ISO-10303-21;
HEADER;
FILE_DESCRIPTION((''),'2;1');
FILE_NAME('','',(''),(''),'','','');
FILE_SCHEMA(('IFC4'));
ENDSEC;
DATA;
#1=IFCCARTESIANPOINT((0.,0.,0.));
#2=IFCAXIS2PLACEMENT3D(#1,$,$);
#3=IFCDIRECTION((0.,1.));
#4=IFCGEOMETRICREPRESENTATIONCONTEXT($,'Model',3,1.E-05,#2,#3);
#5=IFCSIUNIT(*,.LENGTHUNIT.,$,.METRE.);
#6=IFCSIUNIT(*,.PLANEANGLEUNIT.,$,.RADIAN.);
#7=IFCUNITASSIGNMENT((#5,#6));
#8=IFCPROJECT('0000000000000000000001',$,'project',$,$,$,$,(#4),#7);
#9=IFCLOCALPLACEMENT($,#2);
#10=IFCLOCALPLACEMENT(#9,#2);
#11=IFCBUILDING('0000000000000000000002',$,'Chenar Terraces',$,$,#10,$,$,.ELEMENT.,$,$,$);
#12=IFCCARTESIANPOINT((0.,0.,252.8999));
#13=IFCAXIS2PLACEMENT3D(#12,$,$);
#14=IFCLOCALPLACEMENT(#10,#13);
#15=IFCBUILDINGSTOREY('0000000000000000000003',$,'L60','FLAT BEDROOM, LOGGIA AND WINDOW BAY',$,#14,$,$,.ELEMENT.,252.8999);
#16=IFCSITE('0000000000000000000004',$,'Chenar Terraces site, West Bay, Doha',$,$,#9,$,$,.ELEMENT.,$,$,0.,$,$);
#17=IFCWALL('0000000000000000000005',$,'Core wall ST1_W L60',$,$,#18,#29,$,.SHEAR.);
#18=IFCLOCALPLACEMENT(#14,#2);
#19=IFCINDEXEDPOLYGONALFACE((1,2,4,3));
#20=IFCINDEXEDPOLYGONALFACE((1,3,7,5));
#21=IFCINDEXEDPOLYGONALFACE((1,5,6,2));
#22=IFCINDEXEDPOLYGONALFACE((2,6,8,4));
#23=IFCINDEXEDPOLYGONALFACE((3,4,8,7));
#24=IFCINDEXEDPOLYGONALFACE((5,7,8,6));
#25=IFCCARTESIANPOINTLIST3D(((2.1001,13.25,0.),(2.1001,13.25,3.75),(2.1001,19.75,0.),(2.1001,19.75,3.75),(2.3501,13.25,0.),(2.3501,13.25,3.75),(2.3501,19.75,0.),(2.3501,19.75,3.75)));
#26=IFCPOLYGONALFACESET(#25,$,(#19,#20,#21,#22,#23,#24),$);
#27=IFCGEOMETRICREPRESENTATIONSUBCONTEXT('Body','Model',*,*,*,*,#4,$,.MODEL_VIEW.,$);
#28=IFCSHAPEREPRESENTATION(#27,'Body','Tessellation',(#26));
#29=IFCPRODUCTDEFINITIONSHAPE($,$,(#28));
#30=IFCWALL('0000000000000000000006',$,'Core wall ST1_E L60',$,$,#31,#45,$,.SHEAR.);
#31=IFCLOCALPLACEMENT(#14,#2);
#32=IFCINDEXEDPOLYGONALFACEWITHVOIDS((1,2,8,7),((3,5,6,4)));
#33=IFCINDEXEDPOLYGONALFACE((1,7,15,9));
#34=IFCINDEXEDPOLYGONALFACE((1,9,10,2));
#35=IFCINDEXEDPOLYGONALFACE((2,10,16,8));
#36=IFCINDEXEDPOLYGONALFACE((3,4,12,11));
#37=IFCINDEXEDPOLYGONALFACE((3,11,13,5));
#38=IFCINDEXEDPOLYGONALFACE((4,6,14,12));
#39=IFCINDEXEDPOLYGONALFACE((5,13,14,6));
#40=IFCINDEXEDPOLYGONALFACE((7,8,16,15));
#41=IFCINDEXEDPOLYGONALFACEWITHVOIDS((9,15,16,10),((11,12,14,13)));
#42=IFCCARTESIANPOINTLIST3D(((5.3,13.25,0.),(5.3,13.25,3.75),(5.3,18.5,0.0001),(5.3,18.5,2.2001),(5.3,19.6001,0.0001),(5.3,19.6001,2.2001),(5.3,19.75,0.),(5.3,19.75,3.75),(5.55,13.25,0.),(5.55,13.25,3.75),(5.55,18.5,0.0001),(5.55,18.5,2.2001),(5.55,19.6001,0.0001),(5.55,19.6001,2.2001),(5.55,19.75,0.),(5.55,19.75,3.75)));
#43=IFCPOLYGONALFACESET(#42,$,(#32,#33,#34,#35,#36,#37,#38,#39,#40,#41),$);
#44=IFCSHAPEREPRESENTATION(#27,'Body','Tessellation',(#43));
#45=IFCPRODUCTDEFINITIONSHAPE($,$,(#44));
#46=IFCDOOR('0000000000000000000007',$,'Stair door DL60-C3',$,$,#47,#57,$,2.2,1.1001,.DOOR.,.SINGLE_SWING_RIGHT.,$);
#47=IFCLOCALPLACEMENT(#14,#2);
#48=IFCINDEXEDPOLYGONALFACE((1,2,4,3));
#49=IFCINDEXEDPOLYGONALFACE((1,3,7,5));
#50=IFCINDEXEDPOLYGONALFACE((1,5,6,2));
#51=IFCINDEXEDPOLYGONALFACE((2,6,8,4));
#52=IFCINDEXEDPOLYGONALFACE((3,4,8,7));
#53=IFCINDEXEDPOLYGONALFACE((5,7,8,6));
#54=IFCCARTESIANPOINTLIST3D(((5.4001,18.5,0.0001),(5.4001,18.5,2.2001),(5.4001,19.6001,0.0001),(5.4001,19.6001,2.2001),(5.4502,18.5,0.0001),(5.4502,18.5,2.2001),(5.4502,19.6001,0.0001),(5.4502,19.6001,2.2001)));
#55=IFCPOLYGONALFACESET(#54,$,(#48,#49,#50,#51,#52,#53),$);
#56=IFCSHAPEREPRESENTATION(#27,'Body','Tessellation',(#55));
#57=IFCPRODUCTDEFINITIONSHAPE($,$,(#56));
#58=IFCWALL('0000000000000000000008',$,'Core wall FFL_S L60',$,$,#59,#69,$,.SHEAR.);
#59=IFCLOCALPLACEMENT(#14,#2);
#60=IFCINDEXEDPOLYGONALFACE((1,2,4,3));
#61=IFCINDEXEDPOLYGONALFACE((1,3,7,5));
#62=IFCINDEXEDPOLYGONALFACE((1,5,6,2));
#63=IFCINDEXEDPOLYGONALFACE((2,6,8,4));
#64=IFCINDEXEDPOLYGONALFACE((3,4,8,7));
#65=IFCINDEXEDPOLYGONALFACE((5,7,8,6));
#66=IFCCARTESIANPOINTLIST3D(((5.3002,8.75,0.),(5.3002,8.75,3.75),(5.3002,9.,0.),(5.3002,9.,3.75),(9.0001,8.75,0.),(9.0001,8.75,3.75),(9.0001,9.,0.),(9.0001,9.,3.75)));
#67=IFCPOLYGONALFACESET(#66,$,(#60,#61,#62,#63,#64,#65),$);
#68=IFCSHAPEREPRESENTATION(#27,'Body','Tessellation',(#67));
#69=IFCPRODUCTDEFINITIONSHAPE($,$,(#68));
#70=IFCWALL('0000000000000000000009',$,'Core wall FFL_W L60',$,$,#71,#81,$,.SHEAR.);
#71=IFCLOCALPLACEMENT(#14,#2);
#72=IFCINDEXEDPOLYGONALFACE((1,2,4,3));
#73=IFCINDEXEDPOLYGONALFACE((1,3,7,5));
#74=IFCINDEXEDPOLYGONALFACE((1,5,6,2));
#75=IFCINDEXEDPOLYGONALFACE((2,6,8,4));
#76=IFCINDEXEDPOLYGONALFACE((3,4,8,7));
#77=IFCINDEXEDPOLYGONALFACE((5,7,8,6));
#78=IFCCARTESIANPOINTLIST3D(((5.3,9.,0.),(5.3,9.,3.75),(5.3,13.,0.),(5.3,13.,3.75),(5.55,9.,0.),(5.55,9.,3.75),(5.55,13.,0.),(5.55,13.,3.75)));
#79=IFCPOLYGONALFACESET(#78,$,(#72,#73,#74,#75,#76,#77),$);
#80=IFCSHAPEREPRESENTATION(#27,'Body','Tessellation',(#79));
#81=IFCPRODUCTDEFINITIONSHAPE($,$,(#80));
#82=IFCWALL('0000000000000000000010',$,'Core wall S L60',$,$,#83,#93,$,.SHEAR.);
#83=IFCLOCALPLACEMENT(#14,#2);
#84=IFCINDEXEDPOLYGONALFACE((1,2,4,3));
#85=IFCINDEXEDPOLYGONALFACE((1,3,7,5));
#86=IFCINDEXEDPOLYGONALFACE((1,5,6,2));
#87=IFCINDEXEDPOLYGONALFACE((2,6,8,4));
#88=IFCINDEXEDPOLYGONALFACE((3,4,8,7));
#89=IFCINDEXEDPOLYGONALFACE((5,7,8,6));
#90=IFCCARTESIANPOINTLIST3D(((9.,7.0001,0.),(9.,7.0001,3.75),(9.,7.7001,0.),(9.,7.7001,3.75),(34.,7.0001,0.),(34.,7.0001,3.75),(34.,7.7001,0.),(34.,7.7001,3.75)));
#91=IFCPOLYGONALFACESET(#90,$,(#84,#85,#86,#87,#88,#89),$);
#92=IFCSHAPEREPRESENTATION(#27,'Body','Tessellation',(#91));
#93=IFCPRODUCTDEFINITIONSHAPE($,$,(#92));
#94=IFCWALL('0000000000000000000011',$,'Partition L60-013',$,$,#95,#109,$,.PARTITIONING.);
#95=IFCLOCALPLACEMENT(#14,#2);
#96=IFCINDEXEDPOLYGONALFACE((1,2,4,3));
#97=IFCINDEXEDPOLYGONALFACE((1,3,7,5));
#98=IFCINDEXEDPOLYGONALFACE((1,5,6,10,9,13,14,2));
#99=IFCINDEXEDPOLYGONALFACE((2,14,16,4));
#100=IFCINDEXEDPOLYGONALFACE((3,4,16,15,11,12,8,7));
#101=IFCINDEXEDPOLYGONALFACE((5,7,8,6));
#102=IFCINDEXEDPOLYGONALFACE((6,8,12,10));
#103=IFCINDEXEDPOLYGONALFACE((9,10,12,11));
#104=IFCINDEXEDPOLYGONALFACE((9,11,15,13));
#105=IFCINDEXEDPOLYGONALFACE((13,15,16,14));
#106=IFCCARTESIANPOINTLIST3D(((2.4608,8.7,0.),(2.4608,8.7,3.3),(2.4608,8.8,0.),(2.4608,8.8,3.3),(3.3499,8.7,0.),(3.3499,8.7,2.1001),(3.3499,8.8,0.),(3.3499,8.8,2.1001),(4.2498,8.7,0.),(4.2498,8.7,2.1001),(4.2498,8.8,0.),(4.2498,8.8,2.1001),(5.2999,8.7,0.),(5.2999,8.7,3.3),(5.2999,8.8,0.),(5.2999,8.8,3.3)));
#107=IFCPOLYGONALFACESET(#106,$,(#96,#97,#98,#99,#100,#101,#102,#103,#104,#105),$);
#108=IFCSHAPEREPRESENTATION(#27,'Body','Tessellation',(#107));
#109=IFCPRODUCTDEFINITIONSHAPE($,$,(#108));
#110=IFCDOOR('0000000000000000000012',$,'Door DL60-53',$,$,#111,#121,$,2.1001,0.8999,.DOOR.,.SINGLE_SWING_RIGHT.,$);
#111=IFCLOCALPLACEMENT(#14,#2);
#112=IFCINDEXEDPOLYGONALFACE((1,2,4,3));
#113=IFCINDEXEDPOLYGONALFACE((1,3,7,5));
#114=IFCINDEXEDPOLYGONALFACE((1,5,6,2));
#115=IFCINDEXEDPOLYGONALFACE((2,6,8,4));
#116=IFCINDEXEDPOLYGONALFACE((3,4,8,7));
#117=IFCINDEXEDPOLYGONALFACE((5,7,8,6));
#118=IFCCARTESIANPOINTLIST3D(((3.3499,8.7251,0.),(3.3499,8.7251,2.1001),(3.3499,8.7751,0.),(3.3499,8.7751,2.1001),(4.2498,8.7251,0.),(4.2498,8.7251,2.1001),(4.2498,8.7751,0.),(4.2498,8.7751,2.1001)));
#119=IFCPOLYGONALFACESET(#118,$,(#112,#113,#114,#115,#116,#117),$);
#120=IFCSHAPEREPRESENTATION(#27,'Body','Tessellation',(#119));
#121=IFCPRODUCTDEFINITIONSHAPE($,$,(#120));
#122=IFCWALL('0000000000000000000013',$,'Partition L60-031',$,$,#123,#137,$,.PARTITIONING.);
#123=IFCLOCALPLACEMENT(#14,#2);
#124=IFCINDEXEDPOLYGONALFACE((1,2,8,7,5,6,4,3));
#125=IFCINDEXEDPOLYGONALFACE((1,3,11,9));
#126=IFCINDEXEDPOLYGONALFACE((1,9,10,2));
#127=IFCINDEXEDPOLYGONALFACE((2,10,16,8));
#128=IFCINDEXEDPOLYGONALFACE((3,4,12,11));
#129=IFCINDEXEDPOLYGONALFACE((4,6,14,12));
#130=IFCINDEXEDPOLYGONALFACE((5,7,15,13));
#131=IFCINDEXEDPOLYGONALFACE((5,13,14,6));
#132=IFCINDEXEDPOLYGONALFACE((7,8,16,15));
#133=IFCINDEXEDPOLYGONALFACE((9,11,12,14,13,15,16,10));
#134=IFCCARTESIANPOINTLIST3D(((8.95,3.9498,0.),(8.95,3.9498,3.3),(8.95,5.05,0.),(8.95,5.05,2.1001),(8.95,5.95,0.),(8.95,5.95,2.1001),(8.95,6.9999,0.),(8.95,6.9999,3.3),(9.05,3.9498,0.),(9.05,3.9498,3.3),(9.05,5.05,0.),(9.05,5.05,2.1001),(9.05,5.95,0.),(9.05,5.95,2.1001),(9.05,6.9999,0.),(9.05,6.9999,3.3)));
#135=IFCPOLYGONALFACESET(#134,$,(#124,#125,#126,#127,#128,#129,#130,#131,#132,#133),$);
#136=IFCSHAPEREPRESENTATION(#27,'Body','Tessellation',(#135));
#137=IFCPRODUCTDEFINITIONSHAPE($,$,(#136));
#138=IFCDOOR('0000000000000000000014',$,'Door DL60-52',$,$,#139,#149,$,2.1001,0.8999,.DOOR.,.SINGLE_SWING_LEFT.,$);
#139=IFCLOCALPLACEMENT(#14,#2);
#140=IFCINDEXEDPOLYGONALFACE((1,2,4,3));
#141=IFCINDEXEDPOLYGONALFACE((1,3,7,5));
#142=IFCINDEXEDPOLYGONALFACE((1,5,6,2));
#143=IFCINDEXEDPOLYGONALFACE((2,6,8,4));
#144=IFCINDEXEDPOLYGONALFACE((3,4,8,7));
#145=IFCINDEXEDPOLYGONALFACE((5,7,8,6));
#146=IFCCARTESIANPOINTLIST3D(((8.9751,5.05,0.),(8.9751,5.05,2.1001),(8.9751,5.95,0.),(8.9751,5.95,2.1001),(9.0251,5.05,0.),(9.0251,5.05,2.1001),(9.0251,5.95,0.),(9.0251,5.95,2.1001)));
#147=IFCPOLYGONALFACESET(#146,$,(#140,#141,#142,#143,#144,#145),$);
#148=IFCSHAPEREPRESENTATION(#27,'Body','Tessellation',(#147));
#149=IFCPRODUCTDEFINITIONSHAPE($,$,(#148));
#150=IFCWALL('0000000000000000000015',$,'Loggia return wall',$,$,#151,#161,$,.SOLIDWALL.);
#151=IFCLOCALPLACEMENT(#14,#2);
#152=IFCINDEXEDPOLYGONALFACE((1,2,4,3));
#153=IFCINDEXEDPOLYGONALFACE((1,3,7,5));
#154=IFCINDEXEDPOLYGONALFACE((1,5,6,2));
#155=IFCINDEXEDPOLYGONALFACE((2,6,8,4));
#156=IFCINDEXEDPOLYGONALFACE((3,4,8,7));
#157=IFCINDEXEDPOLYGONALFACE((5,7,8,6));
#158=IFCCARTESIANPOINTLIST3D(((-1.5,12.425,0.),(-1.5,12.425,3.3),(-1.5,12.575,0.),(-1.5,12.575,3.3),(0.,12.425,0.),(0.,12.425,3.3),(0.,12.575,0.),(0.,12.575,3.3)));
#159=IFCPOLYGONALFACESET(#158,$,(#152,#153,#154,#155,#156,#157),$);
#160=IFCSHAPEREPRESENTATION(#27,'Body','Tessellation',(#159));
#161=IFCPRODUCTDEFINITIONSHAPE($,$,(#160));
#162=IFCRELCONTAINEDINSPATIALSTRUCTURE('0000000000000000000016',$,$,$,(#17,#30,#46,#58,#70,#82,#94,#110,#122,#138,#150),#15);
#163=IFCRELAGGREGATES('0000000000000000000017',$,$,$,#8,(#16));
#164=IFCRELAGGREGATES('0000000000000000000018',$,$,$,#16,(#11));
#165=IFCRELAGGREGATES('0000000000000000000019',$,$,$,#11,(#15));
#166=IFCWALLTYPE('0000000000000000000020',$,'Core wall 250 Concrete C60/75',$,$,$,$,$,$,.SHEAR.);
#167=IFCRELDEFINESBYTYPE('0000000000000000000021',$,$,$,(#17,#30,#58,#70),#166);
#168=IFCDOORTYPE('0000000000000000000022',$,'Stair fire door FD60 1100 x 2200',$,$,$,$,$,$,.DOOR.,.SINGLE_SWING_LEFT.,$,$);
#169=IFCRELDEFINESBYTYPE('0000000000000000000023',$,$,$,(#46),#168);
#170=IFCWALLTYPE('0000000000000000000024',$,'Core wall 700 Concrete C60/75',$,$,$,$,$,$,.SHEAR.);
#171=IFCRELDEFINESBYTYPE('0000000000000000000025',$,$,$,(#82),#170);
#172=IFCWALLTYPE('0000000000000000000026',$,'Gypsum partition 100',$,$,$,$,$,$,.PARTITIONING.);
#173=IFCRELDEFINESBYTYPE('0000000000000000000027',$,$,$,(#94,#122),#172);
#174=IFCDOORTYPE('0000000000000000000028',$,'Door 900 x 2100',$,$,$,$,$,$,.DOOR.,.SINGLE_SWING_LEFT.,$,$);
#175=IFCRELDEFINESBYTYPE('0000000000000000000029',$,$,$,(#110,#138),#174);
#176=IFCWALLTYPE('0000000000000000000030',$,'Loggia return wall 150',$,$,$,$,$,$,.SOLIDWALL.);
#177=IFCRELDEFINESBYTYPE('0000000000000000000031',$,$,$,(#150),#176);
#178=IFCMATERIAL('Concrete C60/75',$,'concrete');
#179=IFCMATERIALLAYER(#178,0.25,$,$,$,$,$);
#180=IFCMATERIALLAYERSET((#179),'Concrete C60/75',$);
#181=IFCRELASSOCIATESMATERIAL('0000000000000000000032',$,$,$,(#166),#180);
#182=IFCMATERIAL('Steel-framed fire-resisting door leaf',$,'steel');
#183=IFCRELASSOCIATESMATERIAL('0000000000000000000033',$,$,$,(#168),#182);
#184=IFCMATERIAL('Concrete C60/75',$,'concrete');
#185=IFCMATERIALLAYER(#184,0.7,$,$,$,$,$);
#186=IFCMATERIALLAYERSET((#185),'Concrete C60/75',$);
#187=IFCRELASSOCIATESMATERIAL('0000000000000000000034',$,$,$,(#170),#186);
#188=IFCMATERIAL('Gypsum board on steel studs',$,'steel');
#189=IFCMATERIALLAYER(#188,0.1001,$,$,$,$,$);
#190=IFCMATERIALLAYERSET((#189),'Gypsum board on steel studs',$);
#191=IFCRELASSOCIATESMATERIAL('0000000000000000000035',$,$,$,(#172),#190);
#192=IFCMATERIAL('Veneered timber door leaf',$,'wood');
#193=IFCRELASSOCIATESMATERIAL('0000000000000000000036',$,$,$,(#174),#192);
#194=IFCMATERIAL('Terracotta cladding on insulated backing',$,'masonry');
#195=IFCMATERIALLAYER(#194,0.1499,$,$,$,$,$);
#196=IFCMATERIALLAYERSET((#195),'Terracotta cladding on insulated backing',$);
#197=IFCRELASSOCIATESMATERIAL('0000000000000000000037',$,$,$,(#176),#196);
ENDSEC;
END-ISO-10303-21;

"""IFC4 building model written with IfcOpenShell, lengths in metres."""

from ifc_helpers import new_model, si_unit, direction, frame, frame_2d, origin, place, context, subcontext, project, spatial, rectangle, extrude, material, layer, layer_set, type_object, element, fill, save


model = new_model("IFC4")

# Units and contexts
model_context = context("Model", 3, precision=1e-05, world=origin(), true_north=direction((0.0, 1.0)))
body_context = subcontext(model_context, "Body", "Model", "MODEL_VIEW")
ifc_project = project(units=[si_unit("LENGTHUNIT", "METRE"), si_unit("PLANEANGLEUNIT", "RADIAN")], contexts=[model_context])

# Site, building, storey
site_placement = place(None, origin())
site = spatial("IfcSite", under=ifc_project, at=site_placement, Name="Chenar Terraces site, West Bay, Doha", CompositionType="ELEMENT", RefElevation=0.0)
building_placement = place(site_placement, origin())
building = spatial("IfcBuilding", under=site, at=building_placement, Name="Chenar Terraces", CompositionType="ELEMENT")
storey_placement = place(building_placement, frame((0.0, 0.0, 252.8999)))
storey = spatial("IfcBuildingStorey", under=building, at=storey_placement, Name="L60", Description="FLAT BEDROOM, LOGGIA AND WINDOW BAY", CompositionType="ELEMENT", Elevation=252.8999)

# Wall
ifc_material_1 = material(Name="Concrete C60/75", Category="concrete")
ifc_layer_1 = layer(ifc_material_1, 0.25)
ifc_layer_set_1 = layer_set([ifc_layer_1], Name="Concrete C60/75")
wall_type_1 = type_object("IfcWallType", Name="Core wall 250 Concrete C60/75", PredefinedType="SHEAR", material=ifc_layer_set_1)
wall_1_placement = place(storey_placement, frame((2.2251, 13.25, 0.0), z_axis=(0.0, 0.0, 1.0), x_axis=(0.0, 1.0, 0.0)))
element("IfcWall", 1, at=wall_1_placement, inside=storey, type_object=wall_type_1, Name="Core wall ST1_W L60", PredefinedType="SHEAR", context=body_context, shape_type="SweptSolid", body=[
    extrude(rectangle(XDim=6.5, YDim=0.25, at=frame_2d((3.25, 0.0))), origin(), (0.0, 0.0, 1.0), 3.75),
])

# Wall, opening, door
wall_2_placement = place(storey_placement, frame((5.425, 13.25, 0.0), z_axis=(0.0, 0.0, 1.0), x_axis=(0.0, 1.0, 0.0)))
wall_2 = element("IfcWall", 2, at=wall_2_placement, inside=storey, type_object=wall_type_1, Name="Core wall ST1_E L60", PredefinedType="SHEAR", context=body_context, shape_type="SweptSolid", body=[
    extrude(rectangle(XDim=6.5, YDim=0.25, at=frame_2d((3.25, 0.0))), origin(), (0.0, 0.0, 1.0), 3.75),
])
opening_1_placement = place(wall_2_placement, frame((5.25, 0.0, 0.0)))
opening_1 = element("IfcOpeningElement", 3, at=opening_1_placement, cuts=wall_2, PredefinedType="OPENING", context=body_context, shape_type="SweptSolid", body=[
    extrude(rectangle(XDim=1.1001, YDim=2.2, at=frame_2d((0.55, 1.1001))), frame((0.0, 0.135, 0.0), z_axis=(0.0, -1.0, 0.0), x_axis=(1.0, 0.0, 0.0)), (0.0, 0.0, 1.0), 0.27),
])
ifc_material_2 = material(Name="Steel-framed fire-resisting door leaf", Category="steel")
door_type_1 = type_object("IfcDoorType", Name="Stair fire door FD60 1100 x 2200", OperationType="SINGLE_SWING_LEFT", PredefinedType="DOOR", material=ifc_material_2)
door_1_placement = place(opening_1_placement, origin())
door_1 = element("IfcDoor", 4, at=door_1_placement, inside=storey, type_object=door_type_1, Name="Stair door DL60-C3", OperationType="SINGLE_SWING_RIGHT", OverallHeight=2.2, OverallWidth=1.1001, PredefinedType="DOOR", context=body_context, shape_type="SweptSolid", body=[
    extrude(rectangle(XDim=1.1001, YDim=2.2, at=frame_2d((0.55, 1.1001))), frame((0.0, 0.0249, 0.0), z_axis=(0.0, -1.0, 0.0), x_axis=(1.0, 0.0, 0.0)), (0.0, 0.0, 1.0), 0.05),
])
fill(opening_1, door_1)

# Walls
wall_3_placement = place(storey_placement, frame((5.3, 8.875, 0.0), z_axis=(0.0, 0.0, 1.0), x_axis=(1.0, 0.0, 0.0)))
element("IfcWall", 5, at=wall_3_placement, inside=storey, type_object=wall_type_1, Name="Core wall FFL_S L60", PredefinedType="SHEAR", context=body_context, shape_type="SweptSolid", body=[
    extrude(rectangle(XDim=3.7, YDim=0.25, at=frame_2d((1.8501, 0.0))), origin(), (0.0, 0.0, 1.0), 3.75),
])
wall_4_placement = place(storey_placement, frame((5.425, 9.0, 0.0), z_axis=(0.0, 0.0, 1.0), x_axis=(0.0, 1.0, 0.0)))
element("IfcWall", 6, at=wall_4_placement, inside=storey, type_object=wall_type_1, Name="Core wall FFL_W L60", PredefinedType="SHEAR", context=body_context, shape_type="SweptSolid", body=[
    extrude(rectangle(XDim=4.0, YDim=0.25, at=frame_2d((2.0, 0.0))), origin(), (0.0, 0.0, 1.0), 3.75),
])
ifc_material_3 = material(Name="Concrete C60/75", Category="concrete")
ifc_layer_2 = layer(ifc_material_3, 0.7)
ifc_layer_set_2 = layer_set([ifc_layer_2], Name="Concrete C60/75")
wall_type_2 = type_object("IfcWallType", Name="Core wall 700 Concrete C60/75", PredefinedType="SHEAR", material=ifc_layer_set_2)
wall_5_placement = place(storey_placement, frame((9.0, 7.3501, 0.0), z_axis=(0.0, 0.0, 1.0), x_axis=(1.0, 0.0, 0.0)))
element("IfcWall", 7, at=wall_5_placement, inside=storey, type_object=wall_type_2, Name="Core wall S L60", PredefinedType="SHEAR", context=body_context, shape_type="SweptSolid", body=[
    extrude(rectangle(XDim=25.0, YDim=0.7, at=frame_2d((12.5, 0.0))), origin(), (0.0, 0.0, 1.0), 3.75),
])

# Walls, openings, doors
ifc_material_4 = material(Name="Gypsum board on steel studs", Category="steel")
ifc_layer_3 = layer(ifc_material_4, 0.1001)
ifc_layer_set_3 = layer_set([ifc_layer_3], Name="Gypsum board on steel studs")
wall_type_3 = type_object("IfcWallType", Name="Gypsum partition 100", PredefinedType="PARTITIONING", material=ifc_layer_set_3)
wall_6_placement = place(storey_placement, frame((2.4609, 8.75, 0.0), z_axis=(0.0, 0.0, 1.0), x_axis=(1.0, 0.0, 0.0)))
wall_6 = element("IfcWall", 8, at=wall_6_placement, inside=storey, type_object=wall_type_3, Name="Partition L60-013", PredefinedType="PARTITIONING", context=body_context, shape_type="SweptSolid", body=[
    extrude(rectangle(XDim=2.8391, YDim=0.1001, at=frame_2d((1.4194, 0.0))), origin(), (0.0, 0.0, 1.0), 3.3),
])
opening_2_placement = place(wall_6_placement, frame((0.8889, 0.0, 0.0)))
opening_2 = element("IfcOpeningElement", 9, at=opening_2_placement, cuts=wall_6, PredefinedType="OPENING", context=body_context, shape_type="SweptSolid", body=[
    extrude(rectangle(XDim=0.8999, YDim=2.1001, at=frame_2d((0.45, 1.05))), frame((0.0, 0.0601, 0.0), z_axis=(0.0, -1.0, 0.0), x_axis=(1.0, 0.0, 0.0)), (0.0, 0.0, 1.0), 0.1201),
])
ifc_material_5 = material(Name="Veneered timber door leaf", Category="wood")
door_type_2 = type_object("IfcDoorType", Name="Door 900 x 2100", OperationType="SINGLE_SWING_LEFT", PredefinedType="DOOR", material=ifc_material_5)
door_2_placement = place(opening_2_placement, frame((0.8999, 0.0, 0.0), z_axis=(0.0, 0.0, 1.0), x_axis=(-1.0, 0.0, 0.0)))
door_2 = element("IfcDoor", 10, at=door_2_placement, inside=storey, type_object=door_type_2, Name="Door DL60-53", OperationType="SINGLE_SWING_RIGHT", OverallHeight=2.1001, OverallWidth=0.8999, PredefinedType="DOOR", context=body_context, shape_type="SweptSolid", body=[
    extrude(rectangle(XDim=0.8999, YDim=2.1001, at=frame_2d((0.45, 1.05))), frame((0.0, 0.0249, 0.0), z_axis=(0.0, -1.0, 0.0), x_axis=(1.0, 0.0, 0.0)), (0.0, 0.0, 1.0), 0.05),
])
fill(opening_2, door_2)
wall_7_placement = place(storey_placement, frame((9.0, 3.95, 0.0), z_axis=(0.0, 0.0, 1.0), x_axis=(0.0, 1.0, 0.0)))
wall_7 = element("IfcWall", 11, at=wall_7_placement, inside=storey, type_object=wall_type_3, Name="Partition L60-031", PredefinedType="PARTITIONING", context=body_context, shape_type="SweptSolid", body=[
    extrude(rectangle(XDim=3.05, YDim=0.1001, at=frame_2d((1.5249, 0.0))), origin(), (0.0, 0.0, 1.0), 3.3),
])
opening_3_placement = place(wall_7_placement, frame((1.1001, 0.0, 0.0)))
opening_3 = element("IfcOpeningElement", 12, at=opening_3_placement, cuts=wall_7, PredefinedType="OPENING", context=body_context, shape_type="SweptSolid", body=[
    extrude(rectangle(XDim=0.8999, YDim=2.1001, at=frame_2d((0.45, 1.05))), frame((0.0, 0.0601, 0.0), z_axis=(0.0, -1.0, 0.0), x_axis=(1.0, 0.0, 0.0)), (0.0, 0.0, 1.0), 0.1201),
])
door_3_placement = place(opening_3_placement, origin())
door_3 = element("IfcDoor", 13, at=door_3_placement, inside=storey, type_object=door_type_2, Name="Door DL60-52", OperationType="SINGLE_SWING_LEFT", OverallHeight=2.1001, OverallWidth=0.8999, PredefinedType="DOOR", context=body_context, shape_type="SweptSolid", body=[
    extrude(rectangle(XDim=0.8999, YDim=2.1001, at=frame_2d((0.45, 1.05))), frame((0.0, 0.0249, 0.0), z_axis=(0.0, -1.0, 0.0), x_axis=(1.0, 0.0, 0.0)), (0.0, 0.0, 1.0), 0.05),
])
fill(opening_3, door_3)

# Wall
ifc_material_6 = material(Name="Terracotta cladding on insulated backing", Category="masonry")
ifc_layer_4 = layer(ifc_material_6, 0.1499)
ifc_layer_set_4 = layer_set([ifc_layer_4], Name="Terracotta cladding on insulated backing")
wall_type_4 = type_object("IfcWallType", Name="Loggia return wall 150", PredefinedType="SOLIDWALL", material=ifc_layer_set_4)
wall_8_placement = place(storey_placement, frame((-1.5, 12.5, 0.0), z_axis=(0.0, 0.0, 1.0), x_axis=(1.0, 0.0, 0.0)))
element("IfcWall", 14, at=wall_8_placement, inside=storey, type_object=wall_type_4, Name="Loggia return wall", PredefinedType="SOLIDWALL", context=body_context, shape_type="SweptSolid", body=[
    extrude(rectangle(XDim=1.5, YDim=0.1499, at=frame_2d((0.75, 0.0))), origin(), (0.0, 0.0, 1.0), 3.3),
])

save(model, "model.ifc")
